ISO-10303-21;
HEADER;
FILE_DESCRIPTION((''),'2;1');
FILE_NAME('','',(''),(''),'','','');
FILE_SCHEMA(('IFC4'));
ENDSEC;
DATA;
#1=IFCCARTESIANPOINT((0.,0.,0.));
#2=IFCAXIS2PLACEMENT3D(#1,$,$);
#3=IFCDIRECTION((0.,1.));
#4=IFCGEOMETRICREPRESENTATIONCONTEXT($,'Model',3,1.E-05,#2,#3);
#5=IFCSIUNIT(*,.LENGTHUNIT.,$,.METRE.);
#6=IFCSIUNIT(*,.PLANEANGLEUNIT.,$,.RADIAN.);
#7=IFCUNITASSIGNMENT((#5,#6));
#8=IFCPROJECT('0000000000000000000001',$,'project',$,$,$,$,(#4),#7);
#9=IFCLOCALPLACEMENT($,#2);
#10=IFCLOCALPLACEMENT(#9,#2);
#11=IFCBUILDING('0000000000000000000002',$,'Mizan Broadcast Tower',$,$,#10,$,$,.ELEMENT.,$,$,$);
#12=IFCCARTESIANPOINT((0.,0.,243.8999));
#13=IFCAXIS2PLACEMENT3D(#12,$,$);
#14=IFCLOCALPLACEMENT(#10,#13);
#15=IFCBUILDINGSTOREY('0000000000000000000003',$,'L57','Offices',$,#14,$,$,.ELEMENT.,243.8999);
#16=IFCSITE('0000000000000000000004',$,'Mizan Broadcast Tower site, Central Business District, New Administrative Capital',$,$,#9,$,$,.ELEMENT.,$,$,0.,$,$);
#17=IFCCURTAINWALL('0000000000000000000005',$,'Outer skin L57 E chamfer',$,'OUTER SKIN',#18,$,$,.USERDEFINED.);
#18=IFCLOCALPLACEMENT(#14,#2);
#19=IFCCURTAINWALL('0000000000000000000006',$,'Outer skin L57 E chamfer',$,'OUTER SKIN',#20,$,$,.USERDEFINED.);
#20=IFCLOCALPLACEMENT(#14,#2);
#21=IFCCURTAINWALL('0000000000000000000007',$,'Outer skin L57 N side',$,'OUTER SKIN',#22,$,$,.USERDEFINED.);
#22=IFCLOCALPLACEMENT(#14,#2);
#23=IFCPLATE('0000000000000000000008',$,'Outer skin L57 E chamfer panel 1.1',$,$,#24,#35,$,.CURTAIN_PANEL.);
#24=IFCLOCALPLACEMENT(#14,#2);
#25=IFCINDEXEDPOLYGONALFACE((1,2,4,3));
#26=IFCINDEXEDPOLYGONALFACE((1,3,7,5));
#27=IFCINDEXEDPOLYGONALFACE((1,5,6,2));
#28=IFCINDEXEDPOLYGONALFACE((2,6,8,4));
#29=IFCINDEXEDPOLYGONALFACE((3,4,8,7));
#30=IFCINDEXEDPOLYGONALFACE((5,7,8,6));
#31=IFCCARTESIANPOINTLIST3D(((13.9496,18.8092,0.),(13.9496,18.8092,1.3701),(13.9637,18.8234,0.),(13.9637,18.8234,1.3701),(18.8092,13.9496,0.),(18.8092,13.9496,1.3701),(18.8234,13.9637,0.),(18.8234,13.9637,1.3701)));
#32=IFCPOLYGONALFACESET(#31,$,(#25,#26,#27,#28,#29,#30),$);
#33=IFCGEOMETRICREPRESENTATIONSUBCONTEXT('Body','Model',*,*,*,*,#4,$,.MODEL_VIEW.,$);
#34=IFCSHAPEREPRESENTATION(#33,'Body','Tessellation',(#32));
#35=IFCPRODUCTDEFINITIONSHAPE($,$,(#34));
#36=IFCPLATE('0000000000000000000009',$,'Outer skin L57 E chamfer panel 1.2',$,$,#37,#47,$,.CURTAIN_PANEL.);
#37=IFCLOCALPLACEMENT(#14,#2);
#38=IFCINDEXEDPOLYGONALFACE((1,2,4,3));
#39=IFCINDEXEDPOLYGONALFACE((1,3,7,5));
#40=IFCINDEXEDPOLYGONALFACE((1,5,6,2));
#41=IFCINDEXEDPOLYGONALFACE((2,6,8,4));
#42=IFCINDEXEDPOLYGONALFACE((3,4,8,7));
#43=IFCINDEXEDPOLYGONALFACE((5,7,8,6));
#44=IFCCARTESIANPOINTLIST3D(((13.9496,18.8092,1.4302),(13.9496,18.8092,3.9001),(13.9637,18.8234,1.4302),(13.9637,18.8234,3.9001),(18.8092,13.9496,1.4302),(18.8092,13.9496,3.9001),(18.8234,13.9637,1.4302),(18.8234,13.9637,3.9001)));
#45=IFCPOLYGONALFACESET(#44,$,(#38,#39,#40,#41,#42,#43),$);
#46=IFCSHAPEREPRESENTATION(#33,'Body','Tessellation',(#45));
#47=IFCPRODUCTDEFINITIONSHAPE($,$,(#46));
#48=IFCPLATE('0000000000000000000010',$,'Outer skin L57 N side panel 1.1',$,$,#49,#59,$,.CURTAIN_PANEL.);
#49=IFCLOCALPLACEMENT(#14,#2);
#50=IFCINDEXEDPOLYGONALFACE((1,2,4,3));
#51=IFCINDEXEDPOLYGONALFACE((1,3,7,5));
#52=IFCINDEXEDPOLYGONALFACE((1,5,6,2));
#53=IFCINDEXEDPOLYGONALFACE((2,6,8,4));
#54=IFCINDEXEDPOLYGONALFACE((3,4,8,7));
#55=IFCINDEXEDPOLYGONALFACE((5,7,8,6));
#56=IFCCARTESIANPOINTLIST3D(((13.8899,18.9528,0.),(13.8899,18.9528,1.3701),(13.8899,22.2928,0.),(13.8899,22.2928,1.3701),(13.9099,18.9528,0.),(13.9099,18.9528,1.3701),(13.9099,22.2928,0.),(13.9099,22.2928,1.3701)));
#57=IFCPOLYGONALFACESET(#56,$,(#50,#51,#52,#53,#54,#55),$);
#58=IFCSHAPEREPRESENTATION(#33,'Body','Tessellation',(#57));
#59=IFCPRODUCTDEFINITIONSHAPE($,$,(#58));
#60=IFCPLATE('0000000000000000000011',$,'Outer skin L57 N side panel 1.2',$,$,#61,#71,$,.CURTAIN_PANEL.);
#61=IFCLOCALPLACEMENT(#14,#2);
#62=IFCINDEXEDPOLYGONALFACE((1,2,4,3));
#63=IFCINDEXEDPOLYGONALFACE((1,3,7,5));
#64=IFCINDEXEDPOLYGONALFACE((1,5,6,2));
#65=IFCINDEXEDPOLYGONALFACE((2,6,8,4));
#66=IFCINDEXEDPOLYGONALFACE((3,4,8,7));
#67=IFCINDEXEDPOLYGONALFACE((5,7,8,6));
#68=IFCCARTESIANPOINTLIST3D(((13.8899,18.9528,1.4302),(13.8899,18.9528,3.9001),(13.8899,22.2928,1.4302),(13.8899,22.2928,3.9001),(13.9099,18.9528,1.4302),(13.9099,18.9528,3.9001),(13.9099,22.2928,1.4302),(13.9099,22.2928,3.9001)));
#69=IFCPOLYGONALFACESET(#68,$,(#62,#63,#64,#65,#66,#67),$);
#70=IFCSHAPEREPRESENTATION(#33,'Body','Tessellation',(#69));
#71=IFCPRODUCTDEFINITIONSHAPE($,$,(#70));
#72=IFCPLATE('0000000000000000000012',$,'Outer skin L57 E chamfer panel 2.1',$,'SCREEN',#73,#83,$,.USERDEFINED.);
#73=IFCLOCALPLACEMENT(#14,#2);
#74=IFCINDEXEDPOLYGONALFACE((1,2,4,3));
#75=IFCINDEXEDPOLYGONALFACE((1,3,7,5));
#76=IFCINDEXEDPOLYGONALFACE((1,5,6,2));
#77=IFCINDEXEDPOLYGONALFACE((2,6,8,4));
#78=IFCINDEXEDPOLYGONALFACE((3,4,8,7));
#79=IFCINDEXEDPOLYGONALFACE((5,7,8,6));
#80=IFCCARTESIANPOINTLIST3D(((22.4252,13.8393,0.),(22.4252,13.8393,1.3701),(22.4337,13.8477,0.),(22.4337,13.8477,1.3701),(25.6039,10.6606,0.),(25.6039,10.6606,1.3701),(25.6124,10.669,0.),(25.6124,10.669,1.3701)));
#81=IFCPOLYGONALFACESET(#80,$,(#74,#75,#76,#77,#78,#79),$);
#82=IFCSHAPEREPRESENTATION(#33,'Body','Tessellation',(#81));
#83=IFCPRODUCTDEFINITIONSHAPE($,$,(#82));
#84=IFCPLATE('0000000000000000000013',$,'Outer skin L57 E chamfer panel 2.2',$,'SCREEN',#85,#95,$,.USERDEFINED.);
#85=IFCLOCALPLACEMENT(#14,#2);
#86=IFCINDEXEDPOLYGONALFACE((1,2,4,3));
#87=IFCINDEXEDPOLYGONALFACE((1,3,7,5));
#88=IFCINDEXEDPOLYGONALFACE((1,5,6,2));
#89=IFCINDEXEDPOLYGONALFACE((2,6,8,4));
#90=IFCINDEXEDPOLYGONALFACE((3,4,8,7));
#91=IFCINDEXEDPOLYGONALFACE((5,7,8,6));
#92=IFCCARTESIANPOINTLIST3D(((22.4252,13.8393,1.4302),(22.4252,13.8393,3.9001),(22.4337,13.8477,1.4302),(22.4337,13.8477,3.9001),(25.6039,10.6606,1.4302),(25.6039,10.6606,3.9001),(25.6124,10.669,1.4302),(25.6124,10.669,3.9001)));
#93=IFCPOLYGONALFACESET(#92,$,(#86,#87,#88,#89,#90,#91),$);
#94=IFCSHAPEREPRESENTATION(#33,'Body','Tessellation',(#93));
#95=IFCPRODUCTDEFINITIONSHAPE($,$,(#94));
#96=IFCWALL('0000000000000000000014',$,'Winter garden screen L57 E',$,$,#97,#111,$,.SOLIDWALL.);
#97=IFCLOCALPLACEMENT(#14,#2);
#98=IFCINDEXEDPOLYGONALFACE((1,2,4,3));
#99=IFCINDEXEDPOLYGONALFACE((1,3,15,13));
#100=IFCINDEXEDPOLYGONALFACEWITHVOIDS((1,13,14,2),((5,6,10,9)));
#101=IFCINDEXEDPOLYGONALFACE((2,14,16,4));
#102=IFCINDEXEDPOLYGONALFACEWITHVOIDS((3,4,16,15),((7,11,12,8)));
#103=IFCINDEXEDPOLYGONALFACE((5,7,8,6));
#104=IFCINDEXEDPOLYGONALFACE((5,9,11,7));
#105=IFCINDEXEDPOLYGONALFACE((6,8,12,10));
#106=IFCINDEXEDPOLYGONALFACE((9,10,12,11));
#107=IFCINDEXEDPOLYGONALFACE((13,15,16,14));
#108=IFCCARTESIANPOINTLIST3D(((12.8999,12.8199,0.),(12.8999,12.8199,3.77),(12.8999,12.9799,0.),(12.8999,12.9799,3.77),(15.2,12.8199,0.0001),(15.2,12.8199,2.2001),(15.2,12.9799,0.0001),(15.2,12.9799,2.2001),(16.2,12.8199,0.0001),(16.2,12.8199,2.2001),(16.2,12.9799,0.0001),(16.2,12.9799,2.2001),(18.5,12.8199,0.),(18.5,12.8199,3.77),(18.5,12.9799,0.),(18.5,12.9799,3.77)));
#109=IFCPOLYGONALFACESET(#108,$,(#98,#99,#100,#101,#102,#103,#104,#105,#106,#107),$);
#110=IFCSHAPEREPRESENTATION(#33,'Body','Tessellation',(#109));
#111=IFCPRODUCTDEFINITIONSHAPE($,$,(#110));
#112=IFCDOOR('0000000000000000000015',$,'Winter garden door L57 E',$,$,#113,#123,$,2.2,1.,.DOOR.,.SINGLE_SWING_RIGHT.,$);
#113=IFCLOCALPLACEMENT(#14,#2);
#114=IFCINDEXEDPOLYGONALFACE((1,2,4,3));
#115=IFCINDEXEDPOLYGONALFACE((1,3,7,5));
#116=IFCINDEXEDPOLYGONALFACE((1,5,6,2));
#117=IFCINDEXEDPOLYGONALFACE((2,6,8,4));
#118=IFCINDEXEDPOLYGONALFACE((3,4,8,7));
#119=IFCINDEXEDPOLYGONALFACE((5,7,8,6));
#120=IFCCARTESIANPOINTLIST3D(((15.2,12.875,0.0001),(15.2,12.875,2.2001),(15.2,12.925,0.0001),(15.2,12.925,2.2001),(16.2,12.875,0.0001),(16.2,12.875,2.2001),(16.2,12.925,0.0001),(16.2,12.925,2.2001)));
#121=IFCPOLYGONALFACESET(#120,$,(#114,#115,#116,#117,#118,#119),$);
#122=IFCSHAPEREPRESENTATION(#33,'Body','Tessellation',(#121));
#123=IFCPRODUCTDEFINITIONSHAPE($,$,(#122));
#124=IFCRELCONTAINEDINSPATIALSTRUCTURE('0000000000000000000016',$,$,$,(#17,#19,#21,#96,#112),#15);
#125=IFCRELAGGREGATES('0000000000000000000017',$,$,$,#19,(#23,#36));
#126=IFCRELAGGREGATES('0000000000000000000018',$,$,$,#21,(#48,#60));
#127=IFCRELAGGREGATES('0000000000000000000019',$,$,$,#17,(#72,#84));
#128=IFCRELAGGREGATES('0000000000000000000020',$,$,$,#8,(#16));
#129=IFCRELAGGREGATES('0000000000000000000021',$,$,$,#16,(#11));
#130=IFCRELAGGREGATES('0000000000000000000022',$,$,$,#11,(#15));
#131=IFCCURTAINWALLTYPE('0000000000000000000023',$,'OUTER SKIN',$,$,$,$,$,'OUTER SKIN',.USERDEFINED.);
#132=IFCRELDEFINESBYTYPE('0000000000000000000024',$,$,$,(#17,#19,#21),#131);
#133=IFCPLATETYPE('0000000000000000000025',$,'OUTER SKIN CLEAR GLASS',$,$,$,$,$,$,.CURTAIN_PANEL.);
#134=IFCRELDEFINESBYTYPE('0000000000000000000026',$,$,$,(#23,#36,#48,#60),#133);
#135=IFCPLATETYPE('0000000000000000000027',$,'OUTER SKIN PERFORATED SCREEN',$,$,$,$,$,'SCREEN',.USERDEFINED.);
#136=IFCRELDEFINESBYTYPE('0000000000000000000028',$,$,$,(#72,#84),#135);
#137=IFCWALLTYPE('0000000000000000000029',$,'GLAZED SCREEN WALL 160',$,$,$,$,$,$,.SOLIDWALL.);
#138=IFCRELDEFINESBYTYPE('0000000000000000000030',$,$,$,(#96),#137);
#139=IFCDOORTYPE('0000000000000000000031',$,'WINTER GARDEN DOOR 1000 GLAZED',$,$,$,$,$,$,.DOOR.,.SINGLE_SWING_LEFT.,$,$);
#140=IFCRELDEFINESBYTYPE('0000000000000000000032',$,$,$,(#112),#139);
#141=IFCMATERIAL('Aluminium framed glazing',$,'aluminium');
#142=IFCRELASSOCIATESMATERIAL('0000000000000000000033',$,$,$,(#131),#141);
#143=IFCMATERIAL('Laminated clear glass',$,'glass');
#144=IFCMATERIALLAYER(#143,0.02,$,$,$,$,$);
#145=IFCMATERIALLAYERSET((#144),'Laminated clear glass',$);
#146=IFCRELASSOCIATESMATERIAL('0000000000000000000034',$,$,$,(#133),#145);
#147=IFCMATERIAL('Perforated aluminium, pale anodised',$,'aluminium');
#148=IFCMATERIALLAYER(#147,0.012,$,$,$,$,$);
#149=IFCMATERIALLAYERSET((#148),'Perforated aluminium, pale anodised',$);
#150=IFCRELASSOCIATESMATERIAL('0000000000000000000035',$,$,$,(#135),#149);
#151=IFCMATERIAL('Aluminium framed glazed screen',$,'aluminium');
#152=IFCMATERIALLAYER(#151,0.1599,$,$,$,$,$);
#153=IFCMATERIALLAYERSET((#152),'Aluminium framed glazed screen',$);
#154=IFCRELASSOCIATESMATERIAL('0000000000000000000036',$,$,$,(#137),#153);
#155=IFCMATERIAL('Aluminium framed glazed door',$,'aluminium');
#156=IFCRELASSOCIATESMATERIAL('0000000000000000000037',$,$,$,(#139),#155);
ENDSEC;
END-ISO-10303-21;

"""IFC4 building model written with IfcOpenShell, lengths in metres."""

from ifc_helpers import new_model, si_unit, direction, frame, frame_2d, origin, origin_2d, place, context, subcontext, project, spatial, rectangle, extrude, material, layer, layer_set, type_object, element, fill, aggregate, save


model = new_model("IFC4")

# Units and contexts
model_context = context("Model", 3, precision=1e-05, world=origin(), true_north=direction((0.0, 1.0)))
body_context = subcontext(model_context, "Body", "Model", "MODEL_VIEW")
ifc_project = project(units=[si_unit("LENGTHUNIT", "METRE"), si_unit("PLANEANGLEUNIT", "RADIAN")], contexts=[model_context])

# Site, building, storey
site_placement = place(None, origin())
site = spatial("IfcSite", under=ifc_project, at=site_placement, Name="Mizan Broadcast Tower site, Central Business District, New Administrative Capital", CompositionType="ELEMENT", RefElevation=0.0)
building_placement = place(site_placement, origin())
building = spatial("IfcBuilding", under=site, at=building_placement, Name="Mizan Broadcast Tower", CompositionType="ELEMENT")
storey_placement = place(building_placement, frame((0.0, 0.0, 243.8999)))
storey = spatial("IfcBuildingStorey", under=building, at=storey_placement, Name="L57", Description="Offices", CompositionType="ELEMENT", Elevation=243.8999)

# Curtain walls
ifc_material_1 = material(Name="Aluminium framed glazing", Category="aluminium")
curtain_wall_type_1 = type_object("IfcCurtainWallType", Name="OUTER SKIN", ElementType="OUTER SKIN", PredefinedType="USERDEFINED", material=ifc_material_1)
curtain_wall_1_placement = place(storey_placement, origin())
curtain_wall_1 = element("IfcCurtainWall", 1, at=curtain_wall_1_placement, inside=storey, type_object=curtain_wall_type_1, Name="Outer skin L57 E chamfer", ObjectType="OUTER SKIN", PredefinedType="USERDEFINED")
curtain_wall_2_placement = place(storey_placement, origin())
curtain_wall_2 = element("IfcCurtainWall", 2, at=curtain_wall_2_placement, inside=storey, type_object=curtain_wall_type_1, Name="Outer skin L57 E chamfer", ObjectType="OUTER SKIN", PredefinedType="USERDEFINED")
curtain_wall_3_placement = place(storey_placement, origin())
curtain_wall_3 = element("IfcCurtainWall", 3, at=curtain_wall_3_placement, inside=storey, type_object=curtain_wall_type_1, Name="Outer skin L57 N side", ObjectType="OUTER SKIN", PredefinedType="USERDEFINED")

# Plates
ifc_material_2 = material(Name="Laminated clear glass", Category="glass")
ifc_layer_1 = layer(ifc_material_2, 0.02)
ifc_layer_set_1 = layer_set([ifc_layer_1], Name="Laminated clear glass")
plate_type_1 = type_object("IfcPlateType", Name="OUTER SKIN CLEAR GLASS", PredefinedType="CURTAIN_PANEL", material=ifc_layer_set_1)
plate_1_placement = place(storey_placement, frame((16.3865, 16.3865, 0.0), z_axis=(0.0, 0.0, 1.0), x_axis=(-0.707107, 0.707107, 0.0)))
plate_1 = element("IfcPlate", 4, at=plate_1_placement, type_object=plate_type_1, Name="Outer skin L57 E chamfer panel 1.1", PredefinedType="CURTAIN_PANEL", context=body_context, shape_type="SweptSolid", body=[
    extrude(rectangle(XDim=6.8726, YDim=0.02, at=origin_2d()), origin(), (0.0, 0.0, 1.0), 1.3701),
])
plate_2_placement = place(storey_placement, frame((16.3865, 16.3865, 1.4302), z_axis=(0.0, 0.0, 1.0), x_axis=(-0.707107, 0.707107, 0.0)))
plate_2 = element("IfcPlate", 5, at=plate_2_placement, type_object=plate_type_1, Name="Outer skin L57 E chamfer panel 1.2", PredefinedType="CURTAIN_PANEL", context=body_context, shape_type="SweptSolid", body=[
    extrude(rectangle(XDim=6.8726, YDim=0.02, at=origin_2d()), origin(), (0.0, 0.0, 1.0), 2.47),
])
aggregate(curtain_wall_2, [plate_1, plate_2])
plate_3_placement = place(storey_placement, frame((13.8999, 20.6228, 0.0), z_axis=(0.0, 0.0, 1.0), x_axis=(0.0, 1.0, 0.0)))
plate_3 = element("IfcPlate", 6, at=plate_3_placement, type_object=plate_type_1, Name="Outer skin L57 N side panel 1.1", PredefinedType="CURTAIN_PANEL", context=body_context, shape_type="SweptSolid", body=[
    extrude(rectangle(XDim=3.3401, YDim=0.02, at=origin_2d()), origin(), (0.0, 0.0, 1.0), 1.3701),
])
plate_4_placement = place(storey_placement, frame((13.8999, 20.6228, 1.4302), z_axis=(0.0, 0.0, 1.0), x_axis=(0.0, 1.0, 0.0)))
plate_4 = element("IfcPlate", 7, at=plate_4_placement, type_object=plate_type_1, Name="Outer skin L57 N side panel 1.2", PredefinedType="CURTAIN_PANEL", context=body_context, shape_type="SweptSolid", body=[
    extrude(rectangle(XDim=3.3401, YDim=0.02, at=origin_2d()), origin(), (0.0, 0.0, 1.0), 2.47),
])
aggregate(curtain_wall_3, [plate_3, plate_4])
ifc_material_3 = material(Name="Perforated aluminium, pale anodised", Category="aluminium")
ifc_layer_2 = layer(ifc_material_3, 0.012)
ifc_layer_set_2 = layer_set([ifc_layer_2], Name="Perforated aluminium, pale anodised")
plate_type_2 = type_object("IfcPlateType", Name="OUTER SKIN PERFORATED SCREEN", ElementType="SCREEN", PredefinedType="USERDEFINED", material=ifc_layer_set_2)
plate_5_placement = place(storey_placement, frame((24.0188, 12.2542, 0.0), z_axis=(0.0, 0.0, 1.0), x_axis=(-0.707107, 0.707107, 0.0)))
plate_5 = element("IfcPlate", 8, at=plate_5_placement, type_object=plate_type_2, Name="Outer skin L57 E chamfer panel 2.1", ObjectType="SCREEN", PredefinedType="USERDEFINED", context=body_context, shape_type="SweptSolid", body=[
    extrude(rectangle(XDim=4.4954, YDim=0.012, at=origin_2d()), origin(), (0.0, 0.0, 1.0), 1.3701),
])
plate_6_placement = place(storey_placement, frame((24.0188, 12.2542, 1.4302), z_axis=(0.0, 0.0, 1.0), x_axis=(-0.707107, 0.707107, 0.0)))
plate_6 = element("IfcPlate", 9, at=plate_6_placement, type_object=plate_type_2, Name="Outer skin L57 E chamfer panel 2.2", ObjectType="SCREEN", PredefinedType="USERDEFINED", context=body_context, shape_type="SweptSolid", body=[
    extrude(rectangle(XDim=4.4954, YDim=0.012, at=origin_2d()), origin(), (0.0, 0.0, 1.0), 2.47),
])
aggregate(curtain_wall_1, [plate_5, plate_6])

# Wall, opening, door
ifc_material_4 = material(Name="Aluminium framed glazed screen", Category="aluminium")
ifc_layer_3 = layer(ifc_material_4, 0.1599)
ifc_layer_set_3 = layer_set([ifc_layer_3], Name="Aluminium framed glazed screen")
wall_type = type_object("IfcWallType", Name="GLAZED SCREEN WALL 160", PredefinedType="SOLIDWALL", material=ifc_layer_set_3)
wall_placement = place(storey_placement, frame((18.5, 12.8999, 0.0), z_axis=(0.0, 0.0, 1.0), x_axis=(-1.0, 0.0, 0.0)))
wall = element("IfcWall", 10, at=wall_placement, inside=storey, type_object=wall_type, Name="Winter garden screen L57 E", PredefinedType="SOLIDWALL", context=body_context, shape_type="SweptSolid", body=[
    extrude(rectangle(XDim=5.6001, YDim=0.1599, at=frame_2d((2.8, 0.0))), origin(), (0.0, 0.0, 1.0), 3.77),
])
opening_placement = place(wall_placement, frame((2.3, 0.0, 0.0)))
opening = element("IfcOpeningElement", 11, at=opening_placement, cuts=wall, PredefinedType="OPENING", context=body_context, shape_type="SweptSolid", body=[
    extrude(rectangle(XDim=1.0, YDim=2.2, at=frame_2d((0.5, 1.1001))), frame((0.0, 0.0898, 0.0), z_axis=(0.0, -1.0, 0.0), x_axis=(1.0, 0.0, 0.0)), (0.0, 0.0, 1.0), 0.1799),
])
ifc_material_5 = material(Name="Aluminium framed glazed door", Category="aluminium")
door_type = type_object("IfcDoorType", Name="WINTER GARDEN DOOR 1000 GLAZED", OperationType="SINGLE_SWING_LEFT", PredefinedType="DOOR", material=ifc_material_5)
door_placement = place(opening_placement, origin())
door = element("IfcDoor", 12, at=door_placement, inside=storey, type_object=door_type, Name="Winter garden door L57 E", OperationType="SINGLE_SWING_RIGHT", OverallHeight=2.2, OverallWidth=1.0, PredefinedType="DOOR", context=body_context, shape_type="SweptSolid", body=[
    extrude(rectangle(XDim=1.0, YDim=2.2, at=frame_2d((0.5, 1.1001))), frame((0.0, 0.0249, 0.0), z_axis=(0.0, -1.0, 0.0), x_axis=(1.0, 0.0, 0.0)), (0.0, 0.0, 1.0), 0.05),
])
fill(opening, door)

save(model, "model.ifc")
